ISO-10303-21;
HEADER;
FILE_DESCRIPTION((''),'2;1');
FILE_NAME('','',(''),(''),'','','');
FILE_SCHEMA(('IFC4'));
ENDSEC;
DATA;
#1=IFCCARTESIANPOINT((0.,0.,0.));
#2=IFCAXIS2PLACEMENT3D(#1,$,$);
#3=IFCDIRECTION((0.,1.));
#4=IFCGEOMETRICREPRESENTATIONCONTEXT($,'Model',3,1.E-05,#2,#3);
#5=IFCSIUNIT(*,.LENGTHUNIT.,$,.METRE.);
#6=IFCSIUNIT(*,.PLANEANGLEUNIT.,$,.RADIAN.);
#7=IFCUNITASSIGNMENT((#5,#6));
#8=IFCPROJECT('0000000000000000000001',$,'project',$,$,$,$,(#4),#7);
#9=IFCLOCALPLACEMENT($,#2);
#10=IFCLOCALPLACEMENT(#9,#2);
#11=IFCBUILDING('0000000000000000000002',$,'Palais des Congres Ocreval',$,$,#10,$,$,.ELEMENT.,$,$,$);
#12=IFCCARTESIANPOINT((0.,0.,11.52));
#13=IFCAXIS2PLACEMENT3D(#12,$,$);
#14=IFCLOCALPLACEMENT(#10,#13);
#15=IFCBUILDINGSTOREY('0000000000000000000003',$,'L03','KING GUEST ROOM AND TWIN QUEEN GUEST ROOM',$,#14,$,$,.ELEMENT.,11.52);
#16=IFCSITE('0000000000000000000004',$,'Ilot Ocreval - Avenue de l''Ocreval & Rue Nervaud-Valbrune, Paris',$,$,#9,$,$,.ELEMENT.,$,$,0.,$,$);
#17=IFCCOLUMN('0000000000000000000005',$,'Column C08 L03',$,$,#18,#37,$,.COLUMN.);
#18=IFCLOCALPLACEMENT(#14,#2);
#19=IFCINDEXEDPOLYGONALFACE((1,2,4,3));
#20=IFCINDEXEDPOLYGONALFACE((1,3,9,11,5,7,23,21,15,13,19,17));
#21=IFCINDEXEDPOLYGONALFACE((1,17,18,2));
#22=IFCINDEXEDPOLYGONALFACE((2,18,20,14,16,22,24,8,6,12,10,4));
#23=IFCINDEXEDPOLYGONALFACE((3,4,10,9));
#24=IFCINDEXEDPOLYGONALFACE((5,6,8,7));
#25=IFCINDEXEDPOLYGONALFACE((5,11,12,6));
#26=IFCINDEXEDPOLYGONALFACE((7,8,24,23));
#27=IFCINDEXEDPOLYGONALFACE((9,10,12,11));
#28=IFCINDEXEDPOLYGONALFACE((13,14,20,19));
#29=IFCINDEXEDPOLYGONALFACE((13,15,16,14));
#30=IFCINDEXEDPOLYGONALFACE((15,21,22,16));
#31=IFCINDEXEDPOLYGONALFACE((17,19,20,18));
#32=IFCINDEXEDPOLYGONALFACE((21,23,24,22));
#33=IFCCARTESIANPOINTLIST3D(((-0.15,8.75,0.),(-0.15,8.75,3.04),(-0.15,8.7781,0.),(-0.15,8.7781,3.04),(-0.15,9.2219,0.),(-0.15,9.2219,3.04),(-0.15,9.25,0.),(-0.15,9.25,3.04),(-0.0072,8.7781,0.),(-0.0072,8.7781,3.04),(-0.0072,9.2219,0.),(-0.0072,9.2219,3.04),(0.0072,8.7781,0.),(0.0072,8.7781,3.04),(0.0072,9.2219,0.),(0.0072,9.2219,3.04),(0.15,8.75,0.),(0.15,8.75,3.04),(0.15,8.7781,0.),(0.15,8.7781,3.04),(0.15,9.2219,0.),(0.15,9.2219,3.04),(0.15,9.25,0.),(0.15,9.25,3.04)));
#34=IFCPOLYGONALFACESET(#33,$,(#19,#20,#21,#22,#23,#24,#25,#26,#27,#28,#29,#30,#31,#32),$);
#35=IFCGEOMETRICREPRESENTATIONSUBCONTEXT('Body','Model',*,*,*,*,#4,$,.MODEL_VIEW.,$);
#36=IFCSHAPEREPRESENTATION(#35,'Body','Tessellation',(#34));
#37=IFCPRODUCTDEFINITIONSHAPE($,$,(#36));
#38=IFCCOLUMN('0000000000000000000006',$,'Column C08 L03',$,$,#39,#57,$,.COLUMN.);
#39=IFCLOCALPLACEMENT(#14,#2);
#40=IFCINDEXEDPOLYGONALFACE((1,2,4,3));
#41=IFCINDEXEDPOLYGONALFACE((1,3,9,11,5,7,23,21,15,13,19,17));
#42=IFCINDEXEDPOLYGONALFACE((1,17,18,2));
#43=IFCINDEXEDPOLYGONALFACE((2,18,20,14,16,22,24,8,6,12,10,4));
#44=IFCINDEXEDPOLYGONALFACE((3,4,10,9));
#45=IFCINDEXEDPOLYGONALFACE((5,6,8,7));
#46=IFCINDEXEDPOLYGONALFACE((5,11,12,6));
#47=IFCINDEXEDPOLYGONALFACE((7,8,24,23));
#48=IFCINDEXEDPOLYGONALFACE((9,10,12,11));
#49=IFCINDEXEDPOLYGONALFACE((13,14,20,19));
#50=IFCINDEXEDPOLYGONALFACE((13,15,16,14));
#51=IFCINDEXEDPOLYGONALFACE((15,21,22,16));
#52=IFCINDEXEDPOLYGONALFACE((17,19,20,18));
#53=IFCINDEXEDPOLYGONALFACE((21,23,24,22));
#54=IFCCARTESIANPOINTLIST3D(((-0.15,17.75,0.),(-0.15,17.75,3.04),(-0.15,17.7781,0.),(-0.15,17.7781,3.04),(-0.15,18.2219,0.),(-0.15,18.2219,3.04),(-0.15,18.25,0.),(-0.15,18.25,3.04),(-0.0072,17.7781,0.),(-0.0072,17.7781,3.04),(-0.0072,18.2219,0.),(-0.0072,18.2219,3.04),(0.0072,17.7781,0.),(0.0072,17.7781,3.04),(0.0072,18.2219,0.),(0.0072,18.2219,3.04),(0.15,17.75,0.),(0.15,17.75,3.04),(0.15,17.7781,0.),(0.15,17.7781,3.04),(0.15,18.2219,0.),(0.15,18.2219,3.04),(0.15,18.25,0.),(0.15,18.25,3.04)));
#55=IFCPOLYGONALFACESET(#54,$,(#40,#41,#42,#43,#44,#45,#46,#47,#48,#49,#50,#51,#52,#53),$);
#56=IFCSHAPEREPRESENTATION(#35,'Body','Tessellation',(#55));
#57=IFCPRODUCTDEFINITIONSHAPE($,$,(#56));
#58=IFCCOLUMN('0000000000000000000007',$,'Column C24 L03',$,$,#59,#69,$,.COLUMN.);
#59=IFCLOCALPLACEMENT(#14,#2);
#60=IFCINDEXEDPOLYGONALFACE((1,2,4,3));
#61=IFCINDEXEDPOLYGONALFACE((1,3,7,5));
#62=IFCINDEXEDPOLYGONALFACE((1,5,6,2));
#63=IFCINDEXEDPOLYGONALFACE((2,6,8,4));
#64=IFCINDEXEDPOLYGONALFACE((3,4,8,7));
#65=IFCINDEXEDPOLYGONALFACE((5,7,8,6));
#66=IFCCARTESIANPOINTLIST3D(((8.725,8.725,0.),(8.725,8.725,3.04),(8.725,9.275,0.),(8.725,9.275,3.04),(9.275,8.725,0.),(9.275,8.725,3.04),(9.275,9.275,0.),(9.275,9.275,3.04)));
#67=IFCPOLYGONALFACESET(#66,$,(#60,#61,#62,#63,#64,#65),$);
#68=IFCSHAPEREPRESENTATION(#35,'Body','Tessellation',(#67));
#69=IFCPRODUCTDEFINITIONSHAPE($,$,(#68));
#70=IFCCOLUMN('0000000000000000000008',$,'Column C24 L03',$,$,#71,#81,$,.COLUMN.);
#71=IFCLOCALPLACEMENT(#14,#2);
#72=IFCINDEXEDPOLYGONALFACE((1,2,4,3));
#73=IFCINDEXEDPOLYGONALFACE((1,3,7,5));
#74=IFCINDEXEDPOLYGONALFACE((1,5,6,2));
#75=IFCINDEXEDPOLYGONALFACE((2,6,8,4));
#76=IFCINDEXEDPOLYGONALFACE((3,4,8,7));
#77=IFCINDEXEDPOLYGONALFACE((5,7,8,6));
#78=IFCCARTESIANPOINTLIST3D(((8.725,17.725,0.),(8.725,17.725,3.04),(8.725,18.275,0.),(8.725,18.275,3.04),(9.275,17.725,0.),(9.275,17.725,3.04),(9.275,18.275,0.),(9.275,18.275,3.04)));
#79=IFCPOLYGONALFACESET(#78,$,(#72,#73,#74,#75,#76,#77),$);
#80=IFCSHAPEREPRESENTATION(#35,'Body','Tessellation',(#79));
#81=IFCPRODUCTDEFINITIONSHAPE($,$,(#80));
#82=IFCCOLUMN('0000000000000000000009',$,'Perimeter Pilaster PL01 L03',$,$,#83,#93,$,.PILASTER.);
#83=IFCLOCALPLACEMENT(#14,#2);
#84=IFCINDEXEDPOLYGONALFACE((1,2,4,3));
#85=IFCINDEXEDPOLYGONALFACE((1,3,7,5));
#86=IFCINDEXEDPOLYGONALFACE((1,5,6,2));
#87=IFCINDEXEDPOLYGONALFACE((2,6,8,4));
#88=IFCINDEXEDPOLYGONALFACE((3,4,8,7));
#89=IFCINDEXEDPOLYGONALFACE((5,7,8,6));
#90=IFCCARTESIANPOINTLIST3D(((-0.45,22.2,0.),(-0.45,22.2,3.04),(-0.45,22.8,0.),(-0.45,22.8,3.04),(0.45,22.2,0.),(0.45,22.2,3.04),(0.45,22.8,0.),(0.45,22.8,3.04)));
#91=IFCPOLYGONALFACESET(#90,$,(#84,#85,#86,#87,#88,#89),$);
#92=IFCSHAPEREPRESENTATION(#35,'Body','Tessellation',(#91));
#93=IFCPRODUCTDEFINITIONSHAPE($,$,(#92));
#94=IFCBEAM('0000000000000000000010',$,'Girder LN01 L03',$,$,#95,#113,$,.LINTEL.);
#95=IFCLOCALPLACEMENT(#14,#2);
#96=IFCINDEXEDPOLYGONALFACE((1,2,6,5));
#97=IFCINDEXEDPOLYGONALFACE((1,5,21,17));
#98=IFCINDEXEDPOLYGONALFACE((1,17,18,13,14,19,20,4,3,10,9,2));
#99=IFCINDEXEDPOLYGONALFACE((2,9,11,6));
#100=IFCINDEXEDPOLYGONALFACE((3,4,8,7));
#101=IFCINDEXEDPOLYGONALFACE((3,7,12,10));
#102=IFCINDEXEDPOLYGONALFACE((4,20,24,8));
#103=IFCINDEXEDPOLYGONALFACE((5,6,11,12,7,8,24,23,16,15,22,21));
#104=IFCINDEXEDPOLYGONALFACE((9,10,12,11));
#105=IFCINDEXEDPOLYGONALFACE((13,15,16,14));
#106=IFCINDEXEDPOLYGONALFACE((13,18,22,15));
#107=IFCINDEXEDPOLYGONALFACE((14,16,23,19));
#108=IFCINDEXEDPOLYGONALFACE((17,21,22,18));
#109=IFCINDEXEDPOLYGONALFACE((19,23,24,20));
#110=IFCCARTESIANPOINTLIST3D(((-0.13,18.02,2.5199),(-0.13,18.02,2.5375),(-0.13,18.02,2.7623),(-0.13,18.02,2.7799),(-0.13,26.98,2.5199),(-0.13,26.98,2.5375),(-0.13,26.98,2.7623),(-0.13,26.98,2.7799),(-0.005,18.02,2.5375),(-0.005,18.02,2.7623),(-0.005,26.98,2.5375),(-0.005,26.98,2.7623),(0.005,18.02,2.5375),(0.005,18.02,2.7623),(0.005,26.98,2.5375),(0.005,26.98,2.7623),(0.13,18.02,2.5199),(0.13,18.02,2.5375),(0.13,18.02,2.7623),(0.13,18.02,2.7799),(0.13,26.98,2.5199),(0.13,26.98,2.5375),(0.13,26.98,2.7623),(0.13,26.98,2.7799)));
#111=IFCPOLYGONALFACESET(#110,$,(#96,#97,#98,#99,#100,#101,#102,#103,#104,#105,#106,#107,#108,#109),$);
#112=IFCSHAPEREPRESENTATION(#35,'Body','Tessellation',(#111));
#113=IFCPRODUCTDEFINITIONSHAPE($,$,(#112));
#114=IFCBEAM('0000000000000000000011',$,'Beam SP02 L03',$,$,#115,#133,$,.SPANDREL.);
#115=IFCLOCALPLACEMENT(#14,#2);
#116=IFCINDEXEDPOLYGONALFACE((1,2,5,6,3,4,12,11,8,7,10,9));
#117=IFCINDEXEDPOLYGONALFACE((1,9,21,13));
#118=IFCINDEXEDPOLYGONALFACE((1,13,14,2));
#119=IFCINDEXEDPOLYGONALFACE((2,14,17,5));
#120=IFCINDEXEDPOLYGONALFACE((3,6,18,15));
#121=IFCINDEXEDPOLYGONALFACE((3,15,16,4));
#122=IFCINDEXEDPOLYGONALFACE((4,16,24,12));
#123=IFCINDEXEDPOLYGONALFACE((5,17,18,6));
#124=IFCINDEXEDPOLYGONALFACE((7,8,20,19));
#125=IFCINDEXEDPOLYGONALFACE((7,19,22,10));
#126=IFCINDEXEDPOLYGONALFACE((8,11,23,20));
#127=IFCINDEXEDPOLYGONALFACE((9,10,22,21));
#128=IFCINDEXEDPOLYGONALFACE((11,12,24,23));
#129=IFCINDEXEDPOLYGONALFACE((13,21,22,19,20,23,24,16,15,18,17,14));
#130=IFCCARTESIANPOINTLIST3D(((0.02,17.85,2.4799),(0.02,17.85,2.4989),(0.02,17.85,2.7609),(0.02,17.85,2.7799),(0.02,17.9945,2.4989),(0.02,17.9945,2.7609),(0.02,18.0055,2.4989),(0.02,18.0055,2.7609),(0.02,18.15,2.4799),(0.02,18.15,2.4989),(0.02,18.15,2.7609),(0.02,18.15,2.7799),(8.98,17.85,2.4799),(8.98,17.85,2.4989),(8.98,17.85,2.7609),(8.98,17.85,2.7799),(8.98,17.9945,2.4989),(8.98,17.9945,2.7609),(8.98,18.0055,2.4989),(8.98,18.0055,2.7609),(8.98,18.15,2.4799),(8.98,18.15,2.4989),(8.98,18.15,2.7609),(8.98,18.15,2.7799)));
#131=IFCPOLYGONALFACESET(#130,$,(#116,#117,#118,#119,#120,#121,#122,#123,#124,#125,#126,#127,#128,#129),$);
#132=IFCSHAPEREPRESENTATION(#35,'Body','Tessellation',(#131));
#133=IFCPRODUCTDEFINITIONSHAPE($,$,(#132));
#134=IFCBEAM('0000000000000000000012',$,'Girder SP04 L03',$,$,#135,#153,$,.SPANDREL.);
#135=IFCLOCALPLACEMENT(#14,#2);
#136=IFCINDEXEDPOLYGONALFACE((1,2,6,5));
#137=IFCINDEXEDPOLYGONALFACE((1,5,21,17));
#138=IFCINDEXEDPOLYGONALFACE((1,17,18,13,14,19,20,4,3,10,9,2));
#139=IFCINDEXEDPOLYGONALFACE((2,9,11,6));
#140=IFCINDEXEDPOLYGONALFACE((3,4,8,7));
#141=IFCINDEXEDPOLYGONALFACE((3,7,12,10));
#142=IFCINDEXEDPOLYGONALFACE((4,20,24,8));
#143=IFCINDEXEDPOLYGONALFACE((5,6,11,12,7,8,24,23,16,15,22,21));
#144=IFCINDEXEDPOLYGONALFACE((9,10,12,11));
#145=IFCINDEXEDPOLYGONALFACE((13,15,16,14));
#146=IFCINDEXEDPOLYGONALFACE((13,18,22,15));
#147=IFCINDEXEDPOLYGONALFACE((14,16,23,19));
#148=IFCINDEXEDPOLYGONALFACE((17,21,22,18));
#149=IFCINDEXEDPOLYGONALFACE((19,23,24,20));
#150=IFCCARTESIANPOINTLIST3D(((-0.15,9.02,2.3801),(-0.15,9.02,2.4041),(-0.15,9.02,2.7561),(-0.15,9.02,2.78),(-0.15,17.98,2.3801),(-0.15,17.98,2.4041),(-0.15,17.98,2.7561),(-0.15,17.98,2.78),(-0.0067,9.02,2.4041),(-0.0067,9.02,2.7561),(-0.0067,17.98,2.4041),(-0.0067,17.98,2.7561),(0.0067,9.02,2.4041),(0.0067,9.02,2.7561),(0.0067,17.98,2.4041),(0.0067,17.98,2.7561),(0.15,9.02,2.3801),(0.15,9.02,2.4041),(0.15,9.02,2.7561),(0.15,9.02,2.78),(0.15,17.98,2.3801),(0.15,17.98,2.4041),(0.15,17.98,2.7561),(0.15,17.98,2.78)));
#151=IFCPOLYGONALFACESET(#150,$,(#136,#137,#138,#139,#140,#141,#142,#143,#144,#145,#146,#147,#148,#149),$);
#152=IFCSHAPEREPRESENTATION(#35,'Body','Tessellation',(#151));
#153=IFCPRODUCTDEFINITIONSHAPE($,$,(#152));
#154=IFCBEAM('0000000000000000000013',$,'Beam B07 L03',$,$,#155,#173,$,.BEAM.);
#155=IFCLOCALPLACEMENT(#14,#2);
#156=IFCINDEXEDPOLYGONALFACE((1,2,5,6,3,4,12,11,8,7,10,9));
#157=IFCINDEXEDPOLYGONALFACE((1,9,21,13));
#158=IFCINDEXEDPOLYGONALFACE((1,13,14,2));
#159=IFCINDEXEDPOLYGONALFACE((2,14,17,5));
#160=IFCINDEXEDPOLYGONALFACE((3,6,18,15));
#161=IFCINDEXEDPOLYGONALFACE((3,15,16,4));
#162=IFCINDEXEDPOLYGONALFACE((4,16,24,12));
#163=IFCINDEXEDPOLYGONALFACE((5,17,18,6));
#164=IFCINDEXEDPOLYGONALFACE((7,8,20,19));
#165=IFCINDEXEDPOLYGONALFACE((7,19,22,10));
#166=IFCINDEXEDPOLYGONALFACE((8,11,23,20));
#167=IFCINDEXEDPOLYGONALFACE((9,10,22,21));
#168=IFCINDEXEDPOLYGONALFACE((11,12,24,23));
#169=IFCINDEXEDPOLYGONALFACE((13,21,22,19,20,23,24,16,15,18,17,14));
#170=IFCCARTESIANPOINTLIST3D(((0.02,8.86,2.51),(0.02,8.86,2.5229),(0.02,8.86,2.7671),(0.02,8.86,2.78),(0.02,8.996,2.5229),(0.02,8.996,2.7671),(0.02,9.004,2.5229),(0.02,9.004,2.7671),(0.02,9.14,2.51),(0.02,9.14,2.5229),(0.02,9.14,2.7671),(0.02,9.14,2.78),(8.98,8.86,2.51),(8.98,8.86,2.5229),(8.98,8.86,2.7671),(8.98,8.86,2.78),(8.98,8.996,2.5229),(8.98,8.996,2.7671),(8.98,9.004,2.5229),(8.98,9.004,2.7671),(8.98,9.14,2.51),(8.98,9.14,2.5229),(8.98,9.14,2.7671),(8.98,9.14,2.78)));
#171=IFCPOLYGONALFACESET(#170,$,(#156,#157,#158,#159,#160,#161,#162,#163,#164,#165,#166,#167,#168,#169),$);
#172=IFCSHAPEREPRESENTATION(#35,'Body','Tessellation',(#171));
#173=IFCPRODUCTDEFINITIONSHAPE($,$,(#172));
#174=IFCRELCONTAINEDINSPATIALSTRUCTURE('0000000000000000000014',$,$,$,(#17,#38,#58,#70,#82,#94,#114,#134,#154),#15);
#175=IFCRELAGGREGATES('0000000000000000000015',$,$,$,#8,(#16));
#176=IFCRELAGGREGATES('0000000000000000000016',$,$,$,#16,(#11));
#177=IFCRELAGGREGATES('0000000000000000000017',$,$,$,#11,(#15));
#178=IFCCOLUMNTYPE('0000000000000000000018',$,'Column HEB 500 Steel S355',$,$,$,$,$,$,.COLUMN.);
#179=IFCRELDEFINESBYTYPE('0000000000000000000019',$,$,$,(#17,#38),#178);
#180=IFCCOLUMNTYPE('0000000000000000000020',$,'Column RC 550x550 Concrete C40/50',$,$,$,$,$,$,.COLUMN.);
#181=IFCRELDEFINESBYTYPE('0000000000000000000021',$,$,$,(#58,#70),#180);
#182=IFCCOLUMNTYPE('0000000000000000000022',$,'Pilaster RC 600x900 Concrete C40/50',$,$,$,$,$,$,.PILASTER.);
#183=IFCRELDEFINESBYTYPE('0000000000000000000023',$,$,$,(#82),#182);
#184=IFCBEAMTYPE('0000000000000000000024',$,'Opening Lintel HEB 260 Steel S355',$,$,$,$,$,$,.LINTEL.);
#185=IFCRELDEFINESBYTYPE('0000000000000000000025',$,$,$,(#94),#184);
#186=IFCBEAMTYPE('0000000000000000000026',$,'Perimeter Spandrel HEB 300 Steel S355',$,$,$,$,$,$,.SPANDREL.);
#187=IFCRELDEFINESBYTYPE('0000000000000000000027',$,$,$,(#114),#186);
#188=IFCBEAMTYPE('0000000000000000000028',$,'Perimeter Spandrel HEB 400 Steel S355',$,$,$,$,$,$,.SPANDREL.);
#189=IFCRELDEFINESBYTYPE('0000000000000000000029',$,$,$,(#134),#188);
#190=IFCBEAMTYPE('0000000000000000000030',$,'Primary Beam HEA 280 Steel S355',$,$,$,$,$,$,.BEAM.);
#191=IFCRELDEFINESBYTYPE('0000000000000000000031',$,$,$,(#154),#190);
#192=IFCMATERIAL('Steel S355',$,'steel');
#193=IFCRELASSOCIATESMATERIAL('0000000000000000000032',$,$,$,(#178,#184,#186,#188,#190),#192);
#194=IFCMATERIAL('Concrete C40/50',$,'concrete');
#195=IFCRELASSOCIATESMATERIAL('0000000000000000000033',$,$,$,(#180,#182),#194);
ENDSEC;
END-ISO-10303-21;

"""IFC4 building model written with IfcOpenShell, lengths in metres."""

from ifc_helpers import new_model, si_unit, direction, frame, origin, origin_2d, place, context, subcontext, project, spatial, rectangle, i_section, extrude, material, material_profile, profile_set, type_object, element, save


model = new_model("IFC4")

# Units and contexts
model_context = context("Model", 3, precision=1e-05, world=origin(), true_north=direction((0.0, 1.0)))
body_context = subcontext(model_context, "Body", "Model", "MODEL_VIEW")
ifc_project = project(units=[si_unit("LENGTHUNIT", "METRE"), si_unit("PLANEANGLEUNIT", "RADIAN")], contexts=[model_context])

# Site, building, storey
site_placement = place(None, origin())
site = spatial("IfcSite", under=ifc_project, at=site_placement, Name="Ilot Ocreval - Avenue de l'Ocreval & Rue Nervaud-Valbrune, Paris", CompositionType="ELEMENT", RefElevation=0.0)
building_placement = place(site_placement, origin())
building = spatial("IfcBuilding", under=site, at=building_placement, Name="Palais des Congres Ocreval", CompositionType="ELEMENT")
storey_placement = place(building_placement, frame((0.0, 0.0, 11.52)))
storey = spatial("IfcBuildingStorey", under=building, at=storey_placement, Name="L03", Description="KING GUEST ROOM AND TWIN QUEEN GUEST ROOM", CompositionType="ELEMENT", Elevation=11.52)

# Columns
ifc_material_1 = material(Name="Steel S355", Category="steel")
ifc_material_profile_1 = material_profile(ifc_material_1, i_section(OverallWidth=0.3, OverallDepth=0.5, WebThickness=0.0144, FlangeThickness=0.0281, at=origin_2d()), Name="HEB 500")
ifc_profile_set_1 = profile_set([ifc_material_profile_1], Name="Steel S355")
column_type_1 = type_object("IfcColumnType", Name="Column HEB 500 Steel S355", PredefinedType="COLUMN", material=ifc_profile_set_1)
for number, where, z_axis, x_axis, name in (
    (1, (0.0, 9.0, 0.0), (0.0, 0.0, 1.0), (1.0, 0.0, 0.0), "Column C08 L03"),
    (2, (0.0, 18.0, 0.0), (0.0, 0.0, 1.0), (1.0, 0.0, 0.0), "Column C08 L03"),
):
    element("IfcColumn", number, at=place(storey_placement, frame(where, z_axis=z_axis, x_axis=x_axis)), inside=storey, type_object=column_type_1, Name=name, PredefinedType="COLUMN", context=body_context, shape_type="SweptSolid", body=[
        extrude(i_section(OverallWidth=0.3, OverallDepth=0.5, WebThickness=0.0144, FlangeThickness=0.0281, at=origin_2d()), origin(), (0.0, 0.0, 1.0), 3.04),
    ])
ifc_material_2 = material(Name="Concrete C40/50", Category="concrete")
ifc_material_profile_2 = material_profile(ifc_material_2, rectangle(XDim=0.55, YDim=0.55, at=origin_2d()), Name="RC 550x550")
ifc_profile_set_2 = profile_set([ifc_material_profile_2], Name="Concrete C40/50")
column_type_2 = type_object("IfcColumnType", Name="Column RC 550x550 Concrete C40/50", PredefinedType="COLUMN", material=ifc_profile_set_2)
for number, where, z_axis, x_axis, name in (
    (3, (9.0, 9.0, 0.0), (0.0, 0.0, 1.0), (1.0, 0.0, 0.0), "Column C24 L03"),
    (4, (9.0, 18.0, 0.0), (0.0, 0.0, 1.0), (1.0, 0.0, 0.0), "Column C24 L03"),
):
    element("IfcColumn", number, at=place(storey_placement, frame(where, z_axis=z_axis, x_axis=x_axis)), inside=storey, type_object=column_type_2, Name=name, PredefinedType="COLUMN", context=body_context, shape_type="SweptSolid", body=[
        extrude(rectangle(XDim=0.55, YDim=0.55, at=origin_2d()), origin(), (0.0, 0.0, 1.0), 3.04),
    ])
ifc_material_profile_3 = material_profile(ifc_material_2, rectangle(XDim=0.6001, YDim=0.8999, at=origin_2d()), Name="RC 600x900")
ifc_profile_set_3 = profile_set([ifc_material_profile_3], Name="Concrete C40/50")
column_type_3 = type_object("IfcColumnType", Name="Pilaster RC 600x900 Concrete C40/50", PredefinedType="PILASTER", material=ifc_profile_set_3)
column_placement = place(storey_placement, frame((0.0, 22.5, 0.0), z_axis=(0.0, 0.0, 1.0), x_axis=(0.0, 1.0, 0.0)))
element("IfcColumn", 5, at=column_placement, inside=storey, type_object=column_type_3, Name="Perimeter Pilaster PL01 L03", PredefinedType="PILASTER", context=body_context, shape_type="SweptSolid", body=[
    extrude(rectangle(XDim=0.6001, YDim=0.8999, at=origin_2d()), origin(), (0.0, 0.0, 1.0), 3.04),
])

# Beams
ifc_material_profile_4 = material_profile(ifc_material_1, i_section(OverallWidth=0.26, OverallDepth=0.26, WebThickness=0.01, FlangeThickness=0.0176, at=origin_2d()), Name="HEB 260")
ifc_profile_set_4 = profile_set([ifc_material_profile_4], Name="Steel S355")
beam_type_1 = type_object("IfcBeamType", Name="Opening Lintel HEB 260 Steel S355", PredefinedType="LINTEL", material=ifc_profile_set_4)
beam_1_placement = place(storey_placement, frame((0.0, 18.02, 2.6499), z_axis=(0.0, 1.0, 0.0), x_axis=(-1.0, 0.0, 0.0)))
element("IfcBeam", 6, at=beam_1_placement, inside=storey, type_object=beam_type_1, Name="Girder LN01 L03", PredefinedType="LINTEL", context=body_context, shape_type="SweptSolid", body=[
    extrude(i_section(OverallWidth=0.26, OverallDepth=0.26, WebThickness=0.01, FlangeThickness=0.0176, at=origin_2d()), origin(), (0.0, 0.0, 1.0), 8.96),
])
ifc_material_profile_5 = material_profile(ifc_material_1, i_section(OverallWidth=0.3, OverallDepth=0.3, WebThickness=0.011, FlangeThickness=0.019, at=origin_2d()), Name="HEB 300")
ifc_profile_set_5 = profile_set([ifc_material_profile_5], Name="Steel S355")
beam_type_2 = type_object("IfcBeamType", Name="Perimeter Spandrel HEB 300 Steel S355", PredefinedType="SPANDREL", material=ifc_profile_set_5)
beam_2_placement = place(storey_placement, frame((0.02, 18.0, 2.6299), z_axis=(1.0, 0.0, 0.0), x_axis=(0.0, 1.0, 0.0)))
element("IfcBeam", 7, at=beam_2_placement, inside=storey, type_object=beam_type_2, Name="Beam SP02 L03", PredefinedType="SPANDREL", context=body_context, shape_type="SweptSolid", body=[
    extrude(i_section(OverallWidth=0.3, OverallDepth=0.3, WebThickness=0.011, FlangeThickness=0.019, at=origin_2d()), origin(), (0.0, 0.0, 1.0), 8.96),
])
ifc_material_profile_6 = material_profile(ifc_material_1, i_section(OverallWidth=0.3, OverallDepth=0.3999, WebThickness=0.0134, FlangeThickness=0.0239, at=origin_2d()), Name="HEB 400")
ifc_profile_set_6 = profile_set([ifc_material_profile_6], Name="Steel S355")
beam_type_3 = type_object("IfcBeamType", Name="Perimeter Spandrel HEB 400 Steel S355", PredefinedType="SPANDREL", material=ifc_profile_set_6)
beam_3_placement = place(storey_placement, frame((0.0, 9.02, 2.5801), z_axis=(0.0, 1.0, 0.0), x_axis=(-1.0, 0.0, 0.0)))
element("IfcBeam", 8, at=beam_3_placement, inside=storey, type_object=beam_type_3, Name="Girder SP04 L03", PredefinedType="SPANDREL", context=body_context, shape_type="SweptSolid", body=[
    extrude(i_section(OverallWidth=0.3, OverallDepth=0.3999, WebThickness=0.0134, FlangeThickness=0.0239, at=origin_2d()), origin(), (0.0, 0.0, 1.0), 8.96),
])
ifc_material_profile_7 = material_profile(ifc_material_1, i_section(OverallWidth=0.28, OverallDepth=0.27, WebThickness=0.0081, FlangeThickness=0.0129, at=origin_2d()), Name="HEA 280")
ifc_profile_set_7 = profile_set([ifc_material_profile_7], Name="Steel S355")
beam_type_4 = type_object("IfcBeamType", Name="Primary Beam HEA 280 Steel S355", PredefinedType="BEAM", material=ifc_profile_set_7)
beam_4_placement = place(storey_placement, frame((0.02, 9.0, 2.645), z_axis=(1.0, 0.0, 0.0), x_axis=(0.0, 1.0, 0.0)))
element("IfcBeam", 9, at=beam_4_placement, inside=storey, type_object=beam_type_4, Name="Beam B07 L03", PredefinedType="BEAM", context=body_context, shape_type="SweptSolid", body=[
    extrude(i_section(OverallWidth=0.28, OverallDepth=0.27, WebThickness=0.0081, FlangeThickness=0.0129, at=origin_2d()), origin(), (0.0, 0.0, 1.0), 8.96),
])

save(model, "model.ifc")
